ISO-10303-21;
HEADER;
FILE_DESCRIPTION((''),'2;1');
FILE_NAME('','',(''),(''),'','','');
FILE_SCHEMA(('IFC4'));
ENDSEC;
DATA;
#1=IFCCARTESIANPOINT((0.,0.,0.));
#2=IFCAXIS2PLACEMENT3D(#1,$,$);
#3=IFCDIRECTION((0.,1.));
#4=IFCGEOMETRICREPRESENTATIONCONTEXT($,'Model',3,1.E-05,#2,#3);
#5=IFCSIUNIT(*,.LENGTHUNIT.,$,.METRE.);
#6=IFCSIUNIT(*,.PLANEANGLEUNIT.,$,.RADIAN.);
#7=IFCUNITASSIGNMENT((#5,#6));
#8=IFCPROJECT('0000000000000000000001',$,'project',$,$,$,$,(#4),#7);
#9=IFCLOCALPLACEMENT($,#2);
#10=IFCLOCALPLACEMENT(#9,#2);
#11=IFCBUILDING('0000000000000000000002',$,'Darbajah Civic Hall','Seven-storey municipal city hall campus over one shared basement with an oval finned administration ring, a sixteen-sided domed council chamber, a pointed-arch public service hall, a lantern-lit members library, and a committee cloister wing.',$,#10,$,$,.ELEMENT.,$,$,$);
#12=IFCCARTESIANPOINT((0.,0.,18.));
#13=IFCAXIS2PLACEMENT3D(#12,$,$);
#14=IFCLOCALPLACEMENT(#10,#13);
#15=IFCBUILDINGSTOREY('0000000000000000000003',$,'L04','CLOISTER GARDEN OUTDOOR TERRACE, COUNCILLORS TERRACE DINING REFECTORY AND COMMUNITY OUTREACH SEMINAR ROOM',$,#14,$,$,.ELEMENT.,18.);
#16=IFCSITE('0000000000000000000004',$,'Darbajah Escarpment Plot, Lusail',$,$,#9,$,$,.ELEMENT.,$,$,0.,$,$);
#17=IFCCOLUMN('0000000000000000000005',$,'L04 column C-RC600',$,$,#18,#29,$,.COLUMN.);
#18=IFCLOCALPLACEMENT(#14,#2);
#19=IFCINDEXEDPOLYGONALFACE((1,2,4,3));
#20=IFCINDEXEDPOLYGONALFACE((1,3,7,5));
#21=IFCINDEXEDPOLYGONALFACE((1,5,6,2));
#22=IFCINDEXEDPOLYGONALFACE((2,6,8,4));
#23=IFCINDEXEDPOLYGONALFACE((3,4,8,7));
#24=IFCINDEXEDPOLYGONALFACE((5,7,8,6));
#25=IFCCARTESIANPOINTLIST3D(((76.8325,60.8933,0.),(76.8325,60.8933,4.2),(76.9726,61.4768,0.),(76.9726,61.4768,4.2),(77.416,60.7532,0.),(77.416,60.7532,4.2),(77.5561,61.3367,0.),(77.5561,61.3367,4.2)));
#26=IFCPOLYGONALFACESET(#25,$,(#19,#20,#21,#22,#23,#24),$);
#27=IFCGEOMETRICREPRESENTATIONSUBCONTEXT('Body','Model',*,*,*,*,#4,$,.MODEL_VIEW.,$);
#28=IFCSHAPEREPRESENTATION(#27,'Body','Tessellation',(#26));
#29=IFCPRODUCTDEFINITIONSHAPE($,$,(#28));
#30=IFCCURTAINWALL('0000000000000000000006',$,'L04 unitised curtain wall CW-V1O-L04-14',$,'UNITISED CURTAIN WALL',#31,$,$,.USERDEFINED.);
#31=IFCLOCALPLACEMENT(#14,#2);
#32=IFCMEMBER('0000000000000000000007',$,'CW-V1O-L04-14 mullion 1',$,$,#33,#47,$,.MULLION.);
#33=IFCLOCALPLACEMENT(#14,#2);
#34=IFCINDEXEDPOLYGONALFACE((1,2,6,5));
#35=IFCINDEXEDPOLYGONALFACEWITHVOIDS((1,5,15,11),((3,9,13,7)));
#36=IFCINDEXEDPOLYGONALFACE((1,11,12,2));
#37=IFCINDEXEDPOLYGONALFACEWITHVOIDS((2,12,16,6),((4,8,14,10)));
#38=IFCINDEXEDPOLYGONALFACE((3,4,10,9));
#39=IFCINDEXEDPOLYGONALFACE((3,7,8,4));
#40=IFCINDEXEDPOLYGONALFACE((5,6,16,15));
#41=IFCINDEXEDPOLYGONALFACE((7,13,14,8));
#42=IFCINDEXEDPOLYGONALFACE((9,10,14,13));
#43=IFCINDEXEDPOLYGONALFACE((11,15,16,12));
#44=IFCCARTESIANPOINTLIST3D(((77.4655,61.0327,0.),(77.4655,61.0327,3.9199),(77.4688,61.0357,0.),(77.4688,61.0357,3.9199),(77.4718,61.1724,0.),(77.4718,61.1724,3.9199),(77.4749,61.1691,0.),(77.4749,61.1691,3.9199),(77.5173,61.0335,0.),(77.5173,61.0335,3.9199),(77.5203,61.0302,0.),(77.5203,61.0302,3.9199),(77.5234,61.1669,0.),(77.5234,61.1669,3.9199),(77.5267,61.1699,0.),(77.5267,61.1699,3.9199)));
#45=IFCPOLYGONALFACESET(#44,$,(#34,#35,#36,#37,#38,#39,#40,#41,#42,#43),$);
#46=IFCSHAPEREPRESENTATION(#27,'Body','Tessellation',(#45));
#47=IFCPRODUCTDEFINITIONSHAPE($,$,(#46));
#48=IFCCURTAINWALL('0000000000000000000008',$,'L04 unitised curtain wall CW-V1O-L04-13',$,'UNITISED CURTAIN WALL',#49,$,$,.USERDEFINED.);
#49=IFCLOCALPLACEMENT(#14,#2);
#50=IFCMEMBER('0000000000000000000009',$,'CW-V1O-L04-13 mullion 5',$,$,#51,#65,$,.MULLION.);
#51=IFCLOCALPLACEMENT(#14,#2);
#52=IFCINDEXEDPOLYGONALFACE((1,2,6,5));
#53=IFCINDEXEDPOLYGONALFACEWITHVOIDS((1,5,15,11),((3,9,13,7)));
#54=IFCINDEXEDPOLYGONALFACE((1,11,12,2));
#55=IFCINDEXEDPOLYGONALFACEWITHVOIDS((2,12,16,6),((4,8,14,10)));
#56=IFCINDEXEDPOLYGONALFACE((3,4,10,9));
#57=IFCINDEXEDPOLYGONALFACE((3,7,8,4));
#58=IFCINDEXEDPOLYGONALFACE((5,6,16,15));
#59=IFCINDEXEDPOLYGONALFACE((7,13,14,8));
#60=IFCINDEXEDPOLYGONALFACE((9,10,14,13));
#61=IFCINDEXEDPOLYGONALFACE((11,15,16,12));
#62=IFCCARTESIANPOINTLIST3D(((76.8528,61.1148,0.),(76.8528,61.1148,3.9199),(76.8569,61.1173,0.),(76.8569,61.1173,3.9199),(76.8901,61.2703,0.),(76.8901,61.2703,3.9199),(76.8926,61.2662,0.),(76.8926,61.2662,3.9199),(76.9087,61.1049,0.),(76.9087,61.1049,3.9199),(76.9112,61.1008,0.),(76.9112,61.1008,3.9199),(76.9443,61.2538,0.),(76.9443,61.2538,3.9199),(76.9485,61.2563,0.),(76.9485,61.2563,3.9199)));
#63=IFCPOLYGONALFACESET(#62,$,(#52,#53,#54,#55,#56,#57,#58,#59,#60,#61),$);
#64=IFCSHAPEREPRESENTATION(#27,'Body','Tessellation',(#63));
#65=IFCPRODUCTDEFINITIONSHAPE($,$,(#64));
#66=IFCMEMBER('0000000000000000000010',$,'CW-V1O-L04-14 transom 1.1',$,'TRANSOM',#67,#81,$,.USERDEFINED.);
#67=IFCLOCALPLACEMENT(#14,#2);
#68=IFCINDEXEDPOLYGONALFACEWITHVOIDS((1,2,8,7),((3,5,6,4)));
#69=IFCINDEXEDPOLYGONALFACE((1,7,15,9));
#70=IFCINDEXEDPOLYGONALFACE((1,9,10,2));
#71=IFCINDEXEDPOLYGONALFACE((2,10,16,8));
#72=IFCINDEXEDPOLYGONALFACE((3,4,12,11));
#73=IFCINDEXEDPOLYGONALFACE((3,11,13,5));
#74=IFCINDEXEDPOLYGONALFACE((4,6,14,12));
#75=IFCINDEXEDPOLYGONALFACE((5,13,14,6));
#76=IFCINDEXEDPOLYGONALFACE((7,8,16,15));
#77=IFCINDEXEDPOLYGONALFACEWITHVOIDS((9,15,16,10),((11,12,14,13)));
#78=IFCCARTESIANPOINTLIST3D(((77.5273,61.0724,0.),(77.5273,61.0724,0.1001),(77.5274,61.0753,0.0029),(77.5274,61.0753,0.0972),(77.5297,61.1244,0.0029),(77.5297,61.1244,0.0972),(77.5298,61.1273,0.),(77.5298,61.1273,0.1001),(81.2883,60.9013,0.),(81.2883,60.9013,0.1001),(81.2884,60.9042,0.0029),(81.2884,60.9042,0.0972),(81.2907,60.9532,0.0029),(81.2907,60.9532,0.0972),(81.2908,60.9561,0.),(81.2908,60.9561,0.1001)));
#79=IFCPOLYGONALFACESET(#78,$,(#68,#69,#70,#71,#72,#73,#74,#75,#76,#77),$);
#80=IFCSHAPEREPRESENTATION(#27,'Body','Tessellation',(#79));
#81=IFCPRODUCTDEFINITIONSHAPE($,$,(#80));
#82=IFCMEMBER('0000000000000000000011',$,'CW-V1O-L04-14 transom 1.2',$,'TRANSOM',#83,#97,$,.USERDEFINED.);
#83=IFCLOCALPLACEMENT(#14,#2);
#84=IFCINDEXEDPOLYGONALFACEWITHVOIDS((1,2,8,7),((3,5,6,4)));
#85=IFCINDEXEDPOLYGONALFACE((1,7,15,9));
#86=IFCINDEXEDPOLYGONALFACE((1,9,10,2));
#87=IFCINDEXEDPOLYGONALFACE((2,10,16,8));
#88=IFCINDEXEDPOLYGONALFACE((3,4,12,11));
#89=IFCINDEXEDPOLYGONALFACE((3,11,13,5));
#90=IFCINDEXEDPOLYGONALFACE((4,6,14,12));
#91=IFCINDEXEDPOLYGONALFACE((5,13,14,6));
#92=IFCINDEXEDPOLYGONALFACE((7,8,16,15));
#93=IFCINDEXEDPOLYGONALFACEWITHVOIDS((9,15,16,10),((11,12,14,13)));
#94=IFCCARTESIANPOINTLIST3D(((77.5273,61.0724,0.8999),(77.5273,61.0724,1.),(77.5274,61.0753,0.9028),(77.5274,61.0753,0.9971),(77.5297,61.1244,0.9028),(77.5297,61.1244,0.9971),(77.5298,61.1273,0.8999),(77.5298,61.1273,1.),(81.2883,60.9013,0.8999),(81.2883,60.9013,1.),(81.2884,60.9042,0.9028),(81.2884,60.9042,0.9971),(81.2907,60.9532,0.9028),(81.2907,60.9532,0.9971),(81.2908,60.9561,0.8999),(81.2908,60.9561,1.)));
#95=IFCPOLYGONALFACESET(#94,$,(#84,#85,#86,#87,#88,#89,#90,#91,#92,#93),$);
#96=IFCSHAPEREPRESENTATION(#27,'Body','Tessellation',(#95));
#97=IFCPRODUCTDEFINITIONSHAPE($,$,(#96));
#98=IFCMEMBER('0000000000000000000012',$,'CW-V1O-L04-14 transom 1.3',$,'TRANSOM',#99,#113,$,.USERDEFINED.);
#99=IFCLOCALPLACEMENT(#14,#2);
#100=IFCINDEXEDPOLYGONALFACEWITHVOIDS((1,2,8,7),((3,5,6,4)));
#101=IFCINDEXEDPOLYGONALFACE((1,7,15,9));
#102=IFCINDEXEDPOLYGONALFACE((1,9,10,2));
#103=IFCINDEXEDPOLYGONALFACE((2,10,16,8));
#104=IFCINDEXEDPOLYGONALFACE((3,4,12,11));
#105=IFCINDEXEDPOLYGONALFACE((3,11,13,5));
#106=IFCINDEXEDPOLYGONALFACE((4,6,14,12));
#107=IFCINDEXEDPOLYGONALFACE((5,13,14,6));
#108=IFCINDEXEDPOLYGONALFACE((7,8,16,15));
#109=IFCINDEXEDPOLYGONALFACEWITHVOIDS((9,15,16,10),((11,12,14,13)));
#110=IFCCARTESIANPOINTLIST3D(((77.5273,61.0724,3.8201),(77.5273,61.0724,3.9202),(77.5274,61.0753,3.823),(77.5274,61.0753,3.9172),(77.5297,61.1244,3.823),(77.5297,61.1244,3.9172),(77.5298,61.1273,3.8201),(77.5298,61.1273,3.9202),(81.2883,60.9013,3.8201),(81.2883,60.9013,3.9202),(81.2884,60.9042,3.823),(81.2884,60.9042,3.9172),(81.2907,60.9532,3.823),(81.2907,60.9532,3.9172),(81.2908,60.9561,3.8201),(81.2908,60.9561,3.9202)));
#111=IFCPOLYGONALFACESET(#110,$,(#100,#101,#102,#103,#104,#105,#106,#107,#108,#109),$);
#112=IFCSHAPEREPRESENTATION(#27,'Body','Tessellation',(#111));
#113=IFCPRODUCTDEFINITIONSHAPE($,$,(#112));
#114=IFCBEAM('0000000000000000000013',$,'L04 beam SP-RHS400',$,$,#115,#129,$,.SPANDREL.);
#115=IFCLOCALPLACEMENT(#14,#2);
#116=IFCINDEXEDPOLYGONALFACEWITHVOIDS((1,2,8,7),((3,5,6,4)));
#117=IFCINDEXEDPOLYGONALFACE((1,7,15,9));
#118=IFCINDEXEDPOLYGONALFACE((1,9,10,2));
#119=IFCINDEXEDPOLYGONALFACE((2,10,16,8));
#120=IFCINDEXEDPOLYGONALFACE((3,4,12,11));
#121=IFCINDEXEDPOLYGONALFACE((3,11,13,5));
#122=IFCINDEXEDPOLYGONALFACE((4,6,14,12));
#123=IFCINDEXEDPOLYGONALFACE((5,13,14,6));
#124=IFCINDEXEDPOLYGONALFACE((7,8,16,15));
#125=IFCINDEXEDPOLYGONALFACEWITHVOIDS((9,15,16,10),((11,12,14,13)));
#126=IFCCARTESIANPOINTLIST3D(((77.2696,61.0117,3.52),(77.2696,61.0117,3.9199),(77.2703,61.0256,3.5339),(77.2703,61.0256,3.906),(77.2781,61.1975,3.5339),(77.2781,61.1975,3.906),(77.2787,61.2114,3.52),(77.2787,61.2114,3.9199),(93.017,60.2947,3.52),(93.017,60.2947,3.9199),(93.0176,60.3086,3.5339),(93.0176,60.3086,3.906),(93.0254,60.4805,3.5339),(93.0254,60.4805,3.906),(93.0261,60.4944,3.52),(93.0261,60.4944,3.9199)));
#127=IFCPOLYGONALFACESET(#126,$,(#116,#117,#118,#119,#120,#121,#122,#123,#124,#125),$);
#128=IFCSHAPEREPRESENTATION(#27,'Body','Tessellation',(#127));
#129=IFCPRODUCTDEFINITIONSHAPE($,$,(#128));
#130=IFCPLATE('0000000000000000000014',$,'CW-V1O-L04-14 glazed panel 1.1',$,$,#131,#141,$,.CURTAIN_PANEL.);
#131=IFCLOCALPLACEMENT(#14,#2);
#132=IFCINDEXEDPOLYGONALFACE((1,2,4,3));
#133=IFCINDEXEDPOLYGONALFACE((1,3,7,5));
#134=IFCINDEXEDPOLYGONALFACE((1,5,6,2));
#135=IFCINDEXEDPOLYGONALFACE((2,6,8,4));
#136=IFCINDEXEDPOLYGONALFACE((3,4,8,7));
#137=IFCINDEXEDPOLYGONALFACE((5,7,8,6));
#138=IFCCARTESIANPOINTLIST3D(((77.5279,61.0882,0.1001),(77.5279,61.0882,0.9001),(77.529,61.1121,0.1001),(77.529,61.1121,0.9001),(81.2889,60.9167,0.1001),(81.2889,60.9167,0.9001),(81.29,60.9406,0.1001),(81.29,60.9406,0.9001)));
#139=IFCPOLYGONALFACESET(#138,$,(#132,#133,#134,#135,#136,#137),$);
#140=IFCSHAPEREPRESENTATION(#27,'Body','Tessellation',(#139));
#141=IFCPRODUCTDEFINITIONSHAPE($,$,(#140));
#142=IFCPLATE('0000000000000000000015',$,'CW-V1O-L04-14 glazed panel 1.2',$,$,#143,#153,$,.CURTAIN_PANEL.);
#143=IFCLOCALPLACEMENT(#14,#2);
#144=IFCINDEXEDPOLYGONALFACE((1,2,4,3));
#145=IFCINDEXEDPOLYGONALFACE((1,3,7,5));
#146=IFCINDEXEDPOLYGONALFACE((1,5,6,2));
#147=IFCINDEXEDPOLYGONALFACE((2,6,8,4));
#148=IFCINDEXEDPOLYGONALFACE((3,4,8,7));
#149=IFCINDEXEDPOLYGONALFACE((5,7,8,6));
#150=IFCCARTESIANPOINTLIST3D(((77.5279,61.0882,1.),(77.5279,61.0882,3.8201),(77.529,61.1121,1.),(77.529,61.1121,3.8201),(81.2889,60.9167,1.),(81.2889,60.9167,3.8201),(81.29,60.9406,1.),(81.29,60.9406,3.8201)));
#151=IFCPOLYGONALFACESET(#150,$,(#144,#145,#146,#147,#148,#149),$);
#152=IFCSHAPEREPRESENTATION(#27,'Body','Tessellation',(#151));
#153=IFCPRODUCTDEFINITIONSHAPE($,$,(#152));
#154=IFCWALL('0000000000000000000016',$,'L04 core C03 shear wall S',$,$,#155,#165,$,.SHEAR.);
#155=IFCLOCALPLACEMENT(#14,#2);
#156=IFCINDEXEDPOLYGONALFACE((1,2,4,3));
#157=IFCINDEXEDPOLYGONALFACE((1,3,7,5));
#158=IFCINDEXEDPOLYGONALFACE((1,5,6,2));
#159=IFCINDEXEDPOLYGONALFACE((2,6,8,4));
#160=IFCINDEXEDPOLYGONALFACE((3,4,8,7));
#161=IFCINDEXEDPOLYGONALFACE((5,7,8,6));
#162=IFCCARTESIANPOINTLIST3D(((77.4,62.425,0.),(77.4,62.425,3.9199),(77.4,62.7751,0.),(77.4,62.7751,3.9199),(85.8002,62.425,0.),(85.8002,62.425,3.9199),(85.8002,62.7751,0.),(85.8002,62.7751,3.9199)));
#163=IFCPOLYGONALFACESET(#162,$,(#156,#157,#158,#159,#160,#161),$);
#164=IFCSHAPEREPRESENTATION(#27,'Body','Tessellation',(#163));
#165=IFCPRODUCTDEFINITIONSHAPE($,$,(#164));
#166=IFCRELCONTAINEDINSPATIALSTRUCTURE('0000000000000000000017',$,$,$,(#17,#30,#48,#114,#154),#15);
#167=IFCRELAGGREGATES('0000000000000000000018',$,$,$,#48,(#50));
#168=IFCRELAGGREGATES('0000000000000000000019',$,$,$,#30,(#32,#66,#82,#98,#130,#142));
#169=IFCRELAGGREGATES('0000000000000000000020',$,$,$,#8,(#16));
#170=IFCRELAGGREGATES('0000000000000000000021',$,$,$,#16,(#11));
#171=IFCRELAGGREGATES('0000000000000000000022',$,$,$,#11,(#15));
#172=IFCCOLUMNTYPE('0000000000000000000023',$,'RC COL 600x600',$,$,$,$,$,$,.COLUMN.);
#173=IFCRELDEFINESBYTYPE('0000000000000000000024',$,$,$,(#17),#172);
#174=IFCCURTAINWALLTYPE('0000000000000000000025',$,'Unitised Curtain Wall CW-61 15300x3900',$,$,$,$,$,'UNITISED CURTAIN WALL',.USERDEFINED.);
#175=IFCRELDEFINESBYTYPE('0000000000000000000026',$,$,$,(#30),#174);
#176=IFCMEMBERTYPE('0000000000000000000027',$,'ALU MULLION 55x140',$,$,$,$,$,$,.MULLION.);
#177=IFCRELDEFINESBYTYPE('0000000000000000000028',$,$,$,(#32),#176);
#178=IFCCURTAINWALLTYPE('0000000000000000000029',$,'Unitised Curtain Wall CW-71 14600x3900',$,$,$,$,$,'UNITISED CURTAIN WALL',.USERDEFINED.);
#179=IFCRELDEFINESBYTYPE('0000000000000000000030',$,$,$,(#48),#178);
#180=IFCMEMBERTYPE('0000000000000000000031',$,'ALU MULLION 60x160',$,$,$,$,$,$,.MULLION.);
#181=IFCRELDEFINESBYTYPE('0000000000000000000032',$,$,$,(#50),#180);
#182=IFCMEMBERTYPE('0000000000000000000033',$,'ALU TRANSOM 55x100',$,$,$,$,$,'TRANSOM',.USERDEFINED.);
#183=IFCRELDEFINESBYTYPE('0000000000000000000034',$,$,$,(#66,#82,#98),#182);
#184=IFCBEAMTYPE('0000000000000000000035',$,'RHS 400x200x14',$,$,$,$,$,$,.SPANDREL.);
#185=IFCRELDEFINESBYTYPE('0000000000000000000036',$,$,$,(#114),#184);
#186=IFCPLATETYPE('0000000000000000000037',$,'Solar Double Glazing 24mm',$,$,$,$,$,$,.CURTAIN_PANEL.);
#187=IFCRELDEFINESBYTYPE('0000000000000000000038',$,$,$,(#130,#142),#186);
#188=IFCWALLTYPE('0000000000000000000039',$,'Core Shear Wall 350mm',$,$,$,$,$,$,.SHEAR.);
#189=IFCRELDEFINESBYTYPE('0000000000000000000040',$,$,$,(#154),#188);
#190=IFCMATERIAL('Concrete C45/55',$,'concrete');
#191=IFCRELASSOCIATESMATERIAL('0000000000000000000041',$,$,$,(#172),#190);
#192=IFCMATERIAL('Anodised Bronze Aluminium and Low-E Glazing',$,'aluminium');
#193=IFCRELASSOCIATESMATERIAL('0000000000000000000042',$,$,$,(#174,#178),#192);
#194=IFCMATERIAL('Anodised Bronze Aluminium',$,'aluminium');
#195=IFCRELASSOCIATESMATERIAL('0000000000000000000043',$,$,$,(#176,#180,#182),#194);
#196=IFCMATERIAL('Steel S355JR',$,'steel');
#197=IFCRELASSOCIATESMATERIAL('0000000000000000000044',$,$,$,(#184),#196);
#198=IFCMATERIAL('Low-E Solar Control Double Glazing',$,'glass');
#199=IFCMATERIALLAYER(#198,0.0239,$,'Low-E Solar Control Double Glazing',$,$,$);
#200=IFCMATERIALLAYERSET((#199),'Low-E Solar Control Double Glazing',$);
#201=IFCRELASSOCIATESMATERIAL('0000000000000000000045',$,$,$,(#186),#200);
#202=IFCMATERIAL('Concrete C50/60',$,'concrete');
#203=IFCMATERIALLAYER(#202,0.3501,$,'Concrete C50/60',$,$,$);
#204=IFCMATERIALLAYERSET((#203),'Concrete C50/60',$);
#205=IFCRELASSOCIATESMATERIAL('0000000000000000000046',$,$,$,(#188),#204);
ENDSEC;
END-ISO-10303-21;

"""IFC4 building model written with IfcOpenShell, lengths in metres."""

from ifc_helpers import new_model, si_unit, direction, frame, frame_2d, origin, origin_2d, place, context, subcontext, project, spatial, rectangle, hollow_rectangle, extrude, material, layer, layer_set, material_profile, profile_set, type_object, element, aggregate, save


model = new_model("IFC4")

# Units and contexts
model_context = context("Model", 3, precision=1e-05, world=origin(), true_north=direction((0.0, 1.0)))
body_context = subcontext(model_context, "Body", "Model", "MODEL_VIEW")
ifc_project = project(units=[si_unit("LENGTHUNIT", "METRE"), si_unit("PLANEANGLEUNIT", "RADIAN")], contexts=[model_context])

# Site, building, storey
site_placement = place(None, origin())
site = spatial("IfcSite", under=ifc_project, at=site_placement, Name="Darbajah Escarpment Plot, Lusail", CompositionType="ELEMENT", RefElevation=0.0)
building_placement = place(site_placement, origin())
building = spatial("IfcBuilding", under=site, at=building_placement, Name="Darbajah Civic Hall", Description="Seven-storey municipal city hall campus over one shared basement with an oval finned administration ring, a sixteen-sided domed council chamber, a pointed-arch public service hall, a lantern-lit members library, and a committee cloister wing.", CompositionType="ELEMENT")
storey_placement = place(building_placement, frame((0.0, 0.0, 18.0)))
storey = spatial("IfcBuildingStorey", under=building, at=storey_placement, Name="L04", Description="CLOISTER GARDEN OUTDOOR TERRACE, COUNCILLORS TERRACE DINING REFECTORY AND COMMUNITY OUTREACH SEMINAR ROOM", CompositionType="ELEMENT", Elevation=18.0)

# Column
ifc_material_1 = material(Name="Concrete C45/55", Category="concrete")
ifc_material_profile_1 = material_profile(ifc_material_1, rectangle(XDim=0.6001, YDim=0.6001, at=origin_2d()), Name="RC COL 600x600")
ifc_profile_set_1 = profile_set([ifc_material_profile_1], Name="Concrete C45/55")
column_type = type_object("IfcColumnType", Name="RC COL 600x600", PredefinedType="COLUMN", material=ifc_profile_set_1)
column_placement = place(storey_placement, frame((77.1943, 61.115, 0.0), z_axis=(0.0, 0.0, 1.0), x_axis=(-0.233445, -0.97237, 0.0)))
element("IfcColumn", 1, at=column_placement, inside=storey, type_object=column_type, Name="L04 column C-RC600", PredefinedType="COLUMN", context=body_context, shape_type="SweptSolid", body=[
    extrude(rectangle(XDim=0.6001, YDim=0.6001, at=origin_2d()), origin(), (0.0, 0.0, 1.0), 4.2),
])

# Curtain walls, members
ifc_material_2 = material(Name="Anodised Bronze Aluminium and Low-E Glazing", Category="aluminium")
curtain_wall_type_1 = type_object("IfcCurtainWallType", Name="Unitised Curtain Wall CW-61 15300x3900", ElementType="UNITISED CURTAIN WALL", PredefinedType="USERDEFINED", material=ifc_material_2)
curtain_wall_1_placement = place(storey_placement, origin())
curtain_wall_1 = element("IfcCurtainWall", 2, at=curtain_wall_1_placement, inside=storey, type_object=curtain_wall_type_1, Name="L04 unitised curtain wall CW-V1O-L04-14", ObjectType="UNITISED CURTAIN WALL", PredefinedType="USERDEFINED")
ifc_material_3 = material(Name="Anodised Bronze Aluminium", Category="aluminium")
ifc_material_profile_2 = material_profile(ifc_material_3, hollow_rectangle(XDim=0.0549, YDim=0.1399, WallThickness=0.0032, at=origin_2d()), Name="ALU MULLION 55x140")
ifc_profile_set_2 = profile_set([ifc_material_profile_2], Name="Anodised Bronze Aluminium")
member_type_1 = type_object("IfcMemberType", Name="ALU MULLION 55x140", PredefinedType="MULLION", material=ifc_profile_set_2)
member_1_placement = place(storey_placement, frame((77.4961, 61.1013, 0.0), z_axis=(0.0, 0.0, 1.0), x_axis=(0.998963, -0.045537, 0.0)))
member_1 = element("IfcMember", 3, at=member_1_placement, type_object=member_type_1, Name="CW-V1O-L04-14 mullion 1", PredefinedType="MULLION", context=body_context, shape_type="SweptSolid", body=[
    extrude(hollow_rectangle(XDim=0.0549, YDim=0.1399, WallThickness=0.0032, at=origin_2d()), origin(), (0.0, 0.0, 1.0), 3.9199),
])
curtain_wall_type_2 = type_object("IfcCurtainWallType", Name="Unitised Curtain Wall CW-71 14600x3900", ElementType="UNITISED CURTAIN WALL", PredefinedType="USERDEFINED", material=ifc_material_2)
curtain_wall_2_placement = place(storey_placement, origin())
curtain_wall_2 = element("IfcCurtainWall", 4, at=curtain_wall_2_placement, inside=storey, type_object=curtain_wall_type_2, Name="L04 unitised curtain wall CW-V1O-L04-13", ObjectType="UNITISED CURTAIN WALL", PredefinedType="USERDEFINED")
ifc_material_profile_3 = material_profile(ifc_material_3, hollow_rectangle(XDim=0.0601, YDim=0.1599, WallThickness=0.0034, at=origin_2d()), Name="ALU MULLION 60x160")
ifc_profile_set_3 = profile_set([ifc_material_profile_3], Name="Anodised Bronze Aluminium")
member_type_2 = type_object("IfcMemberType", Name="ALU MULLION 60x160", PredefinedType="MULLION", material=ifc_profile_set_3)
member_2_placement = place(storey_placement, frame((76.9006, 61.1855, 0.0), z_axis=(0.0, 0.0, 1.0), x_axis=(0.972492, -0.232936, 0.0)))
member_2 = element("IfcMember", 5, at=member_2_placement, type_object=member_type_2, Name="CW-V1O-L04-13 mullion 5", PredefinedType="MULLION", context=body_context, shape_type="SweptSolid", body=[
    extrude(hollow_rectangle(XDim=0.0601, YDim=0.1599, WallThickness=0.0034, at=origin_2d()), origin(), (0.0, 0.0, 1.0), 3.9199),
])
aggregate(curtain_wall_2, [member_2])

# Members
ifc_material_profile_4 = material_profile(ifc_material_3, hollow_rectangle(XDim=0.0549, YDim=0.1001, WallThickness=0.0029, at=origin_2d()), Name="ALU TRANSOM 55x100")
ifc_profile_set_4 = profile_set([ifc_material_profile_4], Name="Anodised Bronze Aluminium")
member_type_3 = type_object("IfcMemberType", Name="ALU TRANSOM 55x100", ElementType="TRANSOM", PredefinedType="USERDEFINED", material=ifc_profile_set_4)
member_3_placement = place(storey_placement, frame((77.5286, 61.0999, 0.05), z_axis=(0.998966, -0.045458, 0.0), x_axis=(0.045458, 0.998966, 0.0)))
member_3 = element("IfcMember", 6, at=member_3_placement, type_object=member_type_3, Name="CW-V1O-L04-14 transom 1.1", ObjectType="TRANSOM", PredefinedType="USERDEFINED", context=body_context, shape_type="SweptSolid", body=[
    extrude(hollow_rectangle(XDim=0.0549, YDim=0.1001, WallThickness=0.0029, at=origin_2d()), origin(), (0.0, 0.0, 1.0), 3.7649),
])
member_4_placement = place(storey_placement, frame((77.5286, 61.0999, 0.95), z_axis=(0.998966, -0.045458, 0.0), x_axis=(0.045458, 0.998966, 0.0)))
member_4 = element("IfcMember", 7, at=member_4_placement, type_object=member_type_3, Name="CW-V1O-L04-14 transom 1.2", ObjectType="TRANSOM", PredefinedType="USERDEFINED", context=body_context, shape_type="SweptSolid", body=[
    extrude(hollow_rectangle(XDim=0.0549, YDim=0.1001, WallThickness=0.0029, at=origin_2d()), origin(), (0.0, 0.0, 1.0), 3.7649),
])
member_5_placement = place(storey_placement, frame((77.5286, 61.0999, 3.8701), z_axis=(0.998966, -0.045458, 0.0), x_axis=(0.045458, 0.998966, 0.0)))
member_5 = element("IfcMember", 8, at=member_5_placement, type_object=member_type_3, Name="CW-V1O-L04-14 transom 1.3", ObjectType="TRANSOM", PredefinedType="USERDEFINED", context=body_context, shape_type="SweptSolid", body=[
    extrude(hollow_rectangle(XDim=0.0549, YDim=0.1001, WallThickness=0.0029, at=origin_2d()), origin(), (0.0, 0.0, 1.0), 3.7649),
])

# Beam
ifc_material_4 = material(Name="Steel S355JR", Category="steel")
ifc_material_profile_5 = material_profile(ifc_material_4, hollow_rectangle(XDim=0.2, YDim=0.3999, WallThickness=0.0139, at=origin_2d()), Name="RHS 400x200x14")
ifc_profile_set_5 = profile_set([ifc_material_profile_5], Name="Steel S355JR")
beam_type = type_object("IfcBeamType", Name="RHS 400x200x14", PredefinedType="SPANDREL", material=ifc_profile_set_5)
beam_placement = place(storey_placement, frame((77.2742, 61.1116, 3.72), z_axis=(0.998965, -0.045487, 0.0), x_axis=(0.045487, 0.998965, 0.0)))
element("IfcBeam", 9, at=beam_placement, inside=storey, type_object=beam_type, Name="L04 beam SP-RHS400", PredefinedType="SPANDREL", context=body_context, shape_type="SweptSolid", body=[
    extrude(hollow_rectangle(XDim=0.2, YDim=0.3999, WallThickness=0.0139, at=origin_2d()), origin(), (0.0, 0.0, 1.0), 15.7637),
])

# Plates
ifc_material_5 = material(Name="Low-E Solar Control Double Glazing", Category="glass")
ifc_layer_1 = layer(ifc_material_5, 0.0239, Name="Low-E Solar Control Double Glazing")
ifc_layer_set_1 = layer_set([ifc_layer_1], Name="Low-E Solar Control Double Glazing")
plate_type = type_object("IfcPlateType", Name="Solar Double Glazing 24mm", PredefinedType="CURTAIN_PANEL", material=ifc_layer_set_1)
plate_1_placement = place(storey_placement, frame((79.4089, 61.0144, 0.1001), z_axis=(0.0, 0.0, 1.0), x_axis=(0.998963, -0.045537, 0.0)))
plate_1 = element("IfcPlate", 10, at=plate_1_placement, type_object=plate_type, Name="CW-V1O-L04-14 glazed panel 1.1", PredefinedType="CURTAIN_PANEL", context=body_context, shape_type="SweptSolid", body=[
    extrude(rectangle(XDim=3.7649, YDim=0.0239, at=origin_2d()), origin(), (0.0, 0.0, 1.0), 0.8),
])
plate_2_placement = place(storey_placement, frame((79.4089, 61.0144, 1.0), z_axis=(0.0, 0.0, 1.0), x_axis=(0.998963, -0.045537, 0.0)))
plate_2 = element("IfcPlate", 11, at=plate_2_placement, type_object=plate_type, Name="CW-V1O-L04-14 glazed panel 1.2", PredefinedType="CURTAIN_PANEL", context=body_context, shape_type="SweptSolid", body=[
    extrude(rectangle(XDim=3.7649, YDim=0.0239, at=origin_2d()), origin(), (0.0, 0.0, 1.0), 2.8201),
])
aggregate(curtain_wall_1, [member_1, member_3, member_4, member_5, plate_1, plate_2])

# Wall
ifc_material_6 = material(Name="Concrete C50/60", Category="concrete")
ifc_layer_2 = layer(ifc_material_6, 0.3501, Name="Concrete C50/60")
ifc_layer_set_2 = layer_set([ifc_layer_2], Name="Concrete C50/60")
wall_type = type_object("IfcWallType", Name="Core Shear Wall 350mm", PredefinedType="SHEAR", material=ifc_layer_set_2)
wall_1_placement = place(storey_placement, frame((77.3999, 62.6001, 0.0), z_axis=(0.0, 0.0, 1.0), x_axis=(1.0, 0.0, 0.0)))
element("IfcWall", 12, at=wall_1_placement, inside=storey, type_object=wall_type, Name="L04 core C03 shear wall S", PredefinedType="SHEAR", context=body_context, shape_type="SweptSolid", body=[
    extrude(rectangle(XDim=8.4001, YDim=0.3501, at=frame_2d((4.2002, 0.0))), origin(), (0.0, 0.0, 1.0), 3.9199),
])

save(model, "model.ifc")
